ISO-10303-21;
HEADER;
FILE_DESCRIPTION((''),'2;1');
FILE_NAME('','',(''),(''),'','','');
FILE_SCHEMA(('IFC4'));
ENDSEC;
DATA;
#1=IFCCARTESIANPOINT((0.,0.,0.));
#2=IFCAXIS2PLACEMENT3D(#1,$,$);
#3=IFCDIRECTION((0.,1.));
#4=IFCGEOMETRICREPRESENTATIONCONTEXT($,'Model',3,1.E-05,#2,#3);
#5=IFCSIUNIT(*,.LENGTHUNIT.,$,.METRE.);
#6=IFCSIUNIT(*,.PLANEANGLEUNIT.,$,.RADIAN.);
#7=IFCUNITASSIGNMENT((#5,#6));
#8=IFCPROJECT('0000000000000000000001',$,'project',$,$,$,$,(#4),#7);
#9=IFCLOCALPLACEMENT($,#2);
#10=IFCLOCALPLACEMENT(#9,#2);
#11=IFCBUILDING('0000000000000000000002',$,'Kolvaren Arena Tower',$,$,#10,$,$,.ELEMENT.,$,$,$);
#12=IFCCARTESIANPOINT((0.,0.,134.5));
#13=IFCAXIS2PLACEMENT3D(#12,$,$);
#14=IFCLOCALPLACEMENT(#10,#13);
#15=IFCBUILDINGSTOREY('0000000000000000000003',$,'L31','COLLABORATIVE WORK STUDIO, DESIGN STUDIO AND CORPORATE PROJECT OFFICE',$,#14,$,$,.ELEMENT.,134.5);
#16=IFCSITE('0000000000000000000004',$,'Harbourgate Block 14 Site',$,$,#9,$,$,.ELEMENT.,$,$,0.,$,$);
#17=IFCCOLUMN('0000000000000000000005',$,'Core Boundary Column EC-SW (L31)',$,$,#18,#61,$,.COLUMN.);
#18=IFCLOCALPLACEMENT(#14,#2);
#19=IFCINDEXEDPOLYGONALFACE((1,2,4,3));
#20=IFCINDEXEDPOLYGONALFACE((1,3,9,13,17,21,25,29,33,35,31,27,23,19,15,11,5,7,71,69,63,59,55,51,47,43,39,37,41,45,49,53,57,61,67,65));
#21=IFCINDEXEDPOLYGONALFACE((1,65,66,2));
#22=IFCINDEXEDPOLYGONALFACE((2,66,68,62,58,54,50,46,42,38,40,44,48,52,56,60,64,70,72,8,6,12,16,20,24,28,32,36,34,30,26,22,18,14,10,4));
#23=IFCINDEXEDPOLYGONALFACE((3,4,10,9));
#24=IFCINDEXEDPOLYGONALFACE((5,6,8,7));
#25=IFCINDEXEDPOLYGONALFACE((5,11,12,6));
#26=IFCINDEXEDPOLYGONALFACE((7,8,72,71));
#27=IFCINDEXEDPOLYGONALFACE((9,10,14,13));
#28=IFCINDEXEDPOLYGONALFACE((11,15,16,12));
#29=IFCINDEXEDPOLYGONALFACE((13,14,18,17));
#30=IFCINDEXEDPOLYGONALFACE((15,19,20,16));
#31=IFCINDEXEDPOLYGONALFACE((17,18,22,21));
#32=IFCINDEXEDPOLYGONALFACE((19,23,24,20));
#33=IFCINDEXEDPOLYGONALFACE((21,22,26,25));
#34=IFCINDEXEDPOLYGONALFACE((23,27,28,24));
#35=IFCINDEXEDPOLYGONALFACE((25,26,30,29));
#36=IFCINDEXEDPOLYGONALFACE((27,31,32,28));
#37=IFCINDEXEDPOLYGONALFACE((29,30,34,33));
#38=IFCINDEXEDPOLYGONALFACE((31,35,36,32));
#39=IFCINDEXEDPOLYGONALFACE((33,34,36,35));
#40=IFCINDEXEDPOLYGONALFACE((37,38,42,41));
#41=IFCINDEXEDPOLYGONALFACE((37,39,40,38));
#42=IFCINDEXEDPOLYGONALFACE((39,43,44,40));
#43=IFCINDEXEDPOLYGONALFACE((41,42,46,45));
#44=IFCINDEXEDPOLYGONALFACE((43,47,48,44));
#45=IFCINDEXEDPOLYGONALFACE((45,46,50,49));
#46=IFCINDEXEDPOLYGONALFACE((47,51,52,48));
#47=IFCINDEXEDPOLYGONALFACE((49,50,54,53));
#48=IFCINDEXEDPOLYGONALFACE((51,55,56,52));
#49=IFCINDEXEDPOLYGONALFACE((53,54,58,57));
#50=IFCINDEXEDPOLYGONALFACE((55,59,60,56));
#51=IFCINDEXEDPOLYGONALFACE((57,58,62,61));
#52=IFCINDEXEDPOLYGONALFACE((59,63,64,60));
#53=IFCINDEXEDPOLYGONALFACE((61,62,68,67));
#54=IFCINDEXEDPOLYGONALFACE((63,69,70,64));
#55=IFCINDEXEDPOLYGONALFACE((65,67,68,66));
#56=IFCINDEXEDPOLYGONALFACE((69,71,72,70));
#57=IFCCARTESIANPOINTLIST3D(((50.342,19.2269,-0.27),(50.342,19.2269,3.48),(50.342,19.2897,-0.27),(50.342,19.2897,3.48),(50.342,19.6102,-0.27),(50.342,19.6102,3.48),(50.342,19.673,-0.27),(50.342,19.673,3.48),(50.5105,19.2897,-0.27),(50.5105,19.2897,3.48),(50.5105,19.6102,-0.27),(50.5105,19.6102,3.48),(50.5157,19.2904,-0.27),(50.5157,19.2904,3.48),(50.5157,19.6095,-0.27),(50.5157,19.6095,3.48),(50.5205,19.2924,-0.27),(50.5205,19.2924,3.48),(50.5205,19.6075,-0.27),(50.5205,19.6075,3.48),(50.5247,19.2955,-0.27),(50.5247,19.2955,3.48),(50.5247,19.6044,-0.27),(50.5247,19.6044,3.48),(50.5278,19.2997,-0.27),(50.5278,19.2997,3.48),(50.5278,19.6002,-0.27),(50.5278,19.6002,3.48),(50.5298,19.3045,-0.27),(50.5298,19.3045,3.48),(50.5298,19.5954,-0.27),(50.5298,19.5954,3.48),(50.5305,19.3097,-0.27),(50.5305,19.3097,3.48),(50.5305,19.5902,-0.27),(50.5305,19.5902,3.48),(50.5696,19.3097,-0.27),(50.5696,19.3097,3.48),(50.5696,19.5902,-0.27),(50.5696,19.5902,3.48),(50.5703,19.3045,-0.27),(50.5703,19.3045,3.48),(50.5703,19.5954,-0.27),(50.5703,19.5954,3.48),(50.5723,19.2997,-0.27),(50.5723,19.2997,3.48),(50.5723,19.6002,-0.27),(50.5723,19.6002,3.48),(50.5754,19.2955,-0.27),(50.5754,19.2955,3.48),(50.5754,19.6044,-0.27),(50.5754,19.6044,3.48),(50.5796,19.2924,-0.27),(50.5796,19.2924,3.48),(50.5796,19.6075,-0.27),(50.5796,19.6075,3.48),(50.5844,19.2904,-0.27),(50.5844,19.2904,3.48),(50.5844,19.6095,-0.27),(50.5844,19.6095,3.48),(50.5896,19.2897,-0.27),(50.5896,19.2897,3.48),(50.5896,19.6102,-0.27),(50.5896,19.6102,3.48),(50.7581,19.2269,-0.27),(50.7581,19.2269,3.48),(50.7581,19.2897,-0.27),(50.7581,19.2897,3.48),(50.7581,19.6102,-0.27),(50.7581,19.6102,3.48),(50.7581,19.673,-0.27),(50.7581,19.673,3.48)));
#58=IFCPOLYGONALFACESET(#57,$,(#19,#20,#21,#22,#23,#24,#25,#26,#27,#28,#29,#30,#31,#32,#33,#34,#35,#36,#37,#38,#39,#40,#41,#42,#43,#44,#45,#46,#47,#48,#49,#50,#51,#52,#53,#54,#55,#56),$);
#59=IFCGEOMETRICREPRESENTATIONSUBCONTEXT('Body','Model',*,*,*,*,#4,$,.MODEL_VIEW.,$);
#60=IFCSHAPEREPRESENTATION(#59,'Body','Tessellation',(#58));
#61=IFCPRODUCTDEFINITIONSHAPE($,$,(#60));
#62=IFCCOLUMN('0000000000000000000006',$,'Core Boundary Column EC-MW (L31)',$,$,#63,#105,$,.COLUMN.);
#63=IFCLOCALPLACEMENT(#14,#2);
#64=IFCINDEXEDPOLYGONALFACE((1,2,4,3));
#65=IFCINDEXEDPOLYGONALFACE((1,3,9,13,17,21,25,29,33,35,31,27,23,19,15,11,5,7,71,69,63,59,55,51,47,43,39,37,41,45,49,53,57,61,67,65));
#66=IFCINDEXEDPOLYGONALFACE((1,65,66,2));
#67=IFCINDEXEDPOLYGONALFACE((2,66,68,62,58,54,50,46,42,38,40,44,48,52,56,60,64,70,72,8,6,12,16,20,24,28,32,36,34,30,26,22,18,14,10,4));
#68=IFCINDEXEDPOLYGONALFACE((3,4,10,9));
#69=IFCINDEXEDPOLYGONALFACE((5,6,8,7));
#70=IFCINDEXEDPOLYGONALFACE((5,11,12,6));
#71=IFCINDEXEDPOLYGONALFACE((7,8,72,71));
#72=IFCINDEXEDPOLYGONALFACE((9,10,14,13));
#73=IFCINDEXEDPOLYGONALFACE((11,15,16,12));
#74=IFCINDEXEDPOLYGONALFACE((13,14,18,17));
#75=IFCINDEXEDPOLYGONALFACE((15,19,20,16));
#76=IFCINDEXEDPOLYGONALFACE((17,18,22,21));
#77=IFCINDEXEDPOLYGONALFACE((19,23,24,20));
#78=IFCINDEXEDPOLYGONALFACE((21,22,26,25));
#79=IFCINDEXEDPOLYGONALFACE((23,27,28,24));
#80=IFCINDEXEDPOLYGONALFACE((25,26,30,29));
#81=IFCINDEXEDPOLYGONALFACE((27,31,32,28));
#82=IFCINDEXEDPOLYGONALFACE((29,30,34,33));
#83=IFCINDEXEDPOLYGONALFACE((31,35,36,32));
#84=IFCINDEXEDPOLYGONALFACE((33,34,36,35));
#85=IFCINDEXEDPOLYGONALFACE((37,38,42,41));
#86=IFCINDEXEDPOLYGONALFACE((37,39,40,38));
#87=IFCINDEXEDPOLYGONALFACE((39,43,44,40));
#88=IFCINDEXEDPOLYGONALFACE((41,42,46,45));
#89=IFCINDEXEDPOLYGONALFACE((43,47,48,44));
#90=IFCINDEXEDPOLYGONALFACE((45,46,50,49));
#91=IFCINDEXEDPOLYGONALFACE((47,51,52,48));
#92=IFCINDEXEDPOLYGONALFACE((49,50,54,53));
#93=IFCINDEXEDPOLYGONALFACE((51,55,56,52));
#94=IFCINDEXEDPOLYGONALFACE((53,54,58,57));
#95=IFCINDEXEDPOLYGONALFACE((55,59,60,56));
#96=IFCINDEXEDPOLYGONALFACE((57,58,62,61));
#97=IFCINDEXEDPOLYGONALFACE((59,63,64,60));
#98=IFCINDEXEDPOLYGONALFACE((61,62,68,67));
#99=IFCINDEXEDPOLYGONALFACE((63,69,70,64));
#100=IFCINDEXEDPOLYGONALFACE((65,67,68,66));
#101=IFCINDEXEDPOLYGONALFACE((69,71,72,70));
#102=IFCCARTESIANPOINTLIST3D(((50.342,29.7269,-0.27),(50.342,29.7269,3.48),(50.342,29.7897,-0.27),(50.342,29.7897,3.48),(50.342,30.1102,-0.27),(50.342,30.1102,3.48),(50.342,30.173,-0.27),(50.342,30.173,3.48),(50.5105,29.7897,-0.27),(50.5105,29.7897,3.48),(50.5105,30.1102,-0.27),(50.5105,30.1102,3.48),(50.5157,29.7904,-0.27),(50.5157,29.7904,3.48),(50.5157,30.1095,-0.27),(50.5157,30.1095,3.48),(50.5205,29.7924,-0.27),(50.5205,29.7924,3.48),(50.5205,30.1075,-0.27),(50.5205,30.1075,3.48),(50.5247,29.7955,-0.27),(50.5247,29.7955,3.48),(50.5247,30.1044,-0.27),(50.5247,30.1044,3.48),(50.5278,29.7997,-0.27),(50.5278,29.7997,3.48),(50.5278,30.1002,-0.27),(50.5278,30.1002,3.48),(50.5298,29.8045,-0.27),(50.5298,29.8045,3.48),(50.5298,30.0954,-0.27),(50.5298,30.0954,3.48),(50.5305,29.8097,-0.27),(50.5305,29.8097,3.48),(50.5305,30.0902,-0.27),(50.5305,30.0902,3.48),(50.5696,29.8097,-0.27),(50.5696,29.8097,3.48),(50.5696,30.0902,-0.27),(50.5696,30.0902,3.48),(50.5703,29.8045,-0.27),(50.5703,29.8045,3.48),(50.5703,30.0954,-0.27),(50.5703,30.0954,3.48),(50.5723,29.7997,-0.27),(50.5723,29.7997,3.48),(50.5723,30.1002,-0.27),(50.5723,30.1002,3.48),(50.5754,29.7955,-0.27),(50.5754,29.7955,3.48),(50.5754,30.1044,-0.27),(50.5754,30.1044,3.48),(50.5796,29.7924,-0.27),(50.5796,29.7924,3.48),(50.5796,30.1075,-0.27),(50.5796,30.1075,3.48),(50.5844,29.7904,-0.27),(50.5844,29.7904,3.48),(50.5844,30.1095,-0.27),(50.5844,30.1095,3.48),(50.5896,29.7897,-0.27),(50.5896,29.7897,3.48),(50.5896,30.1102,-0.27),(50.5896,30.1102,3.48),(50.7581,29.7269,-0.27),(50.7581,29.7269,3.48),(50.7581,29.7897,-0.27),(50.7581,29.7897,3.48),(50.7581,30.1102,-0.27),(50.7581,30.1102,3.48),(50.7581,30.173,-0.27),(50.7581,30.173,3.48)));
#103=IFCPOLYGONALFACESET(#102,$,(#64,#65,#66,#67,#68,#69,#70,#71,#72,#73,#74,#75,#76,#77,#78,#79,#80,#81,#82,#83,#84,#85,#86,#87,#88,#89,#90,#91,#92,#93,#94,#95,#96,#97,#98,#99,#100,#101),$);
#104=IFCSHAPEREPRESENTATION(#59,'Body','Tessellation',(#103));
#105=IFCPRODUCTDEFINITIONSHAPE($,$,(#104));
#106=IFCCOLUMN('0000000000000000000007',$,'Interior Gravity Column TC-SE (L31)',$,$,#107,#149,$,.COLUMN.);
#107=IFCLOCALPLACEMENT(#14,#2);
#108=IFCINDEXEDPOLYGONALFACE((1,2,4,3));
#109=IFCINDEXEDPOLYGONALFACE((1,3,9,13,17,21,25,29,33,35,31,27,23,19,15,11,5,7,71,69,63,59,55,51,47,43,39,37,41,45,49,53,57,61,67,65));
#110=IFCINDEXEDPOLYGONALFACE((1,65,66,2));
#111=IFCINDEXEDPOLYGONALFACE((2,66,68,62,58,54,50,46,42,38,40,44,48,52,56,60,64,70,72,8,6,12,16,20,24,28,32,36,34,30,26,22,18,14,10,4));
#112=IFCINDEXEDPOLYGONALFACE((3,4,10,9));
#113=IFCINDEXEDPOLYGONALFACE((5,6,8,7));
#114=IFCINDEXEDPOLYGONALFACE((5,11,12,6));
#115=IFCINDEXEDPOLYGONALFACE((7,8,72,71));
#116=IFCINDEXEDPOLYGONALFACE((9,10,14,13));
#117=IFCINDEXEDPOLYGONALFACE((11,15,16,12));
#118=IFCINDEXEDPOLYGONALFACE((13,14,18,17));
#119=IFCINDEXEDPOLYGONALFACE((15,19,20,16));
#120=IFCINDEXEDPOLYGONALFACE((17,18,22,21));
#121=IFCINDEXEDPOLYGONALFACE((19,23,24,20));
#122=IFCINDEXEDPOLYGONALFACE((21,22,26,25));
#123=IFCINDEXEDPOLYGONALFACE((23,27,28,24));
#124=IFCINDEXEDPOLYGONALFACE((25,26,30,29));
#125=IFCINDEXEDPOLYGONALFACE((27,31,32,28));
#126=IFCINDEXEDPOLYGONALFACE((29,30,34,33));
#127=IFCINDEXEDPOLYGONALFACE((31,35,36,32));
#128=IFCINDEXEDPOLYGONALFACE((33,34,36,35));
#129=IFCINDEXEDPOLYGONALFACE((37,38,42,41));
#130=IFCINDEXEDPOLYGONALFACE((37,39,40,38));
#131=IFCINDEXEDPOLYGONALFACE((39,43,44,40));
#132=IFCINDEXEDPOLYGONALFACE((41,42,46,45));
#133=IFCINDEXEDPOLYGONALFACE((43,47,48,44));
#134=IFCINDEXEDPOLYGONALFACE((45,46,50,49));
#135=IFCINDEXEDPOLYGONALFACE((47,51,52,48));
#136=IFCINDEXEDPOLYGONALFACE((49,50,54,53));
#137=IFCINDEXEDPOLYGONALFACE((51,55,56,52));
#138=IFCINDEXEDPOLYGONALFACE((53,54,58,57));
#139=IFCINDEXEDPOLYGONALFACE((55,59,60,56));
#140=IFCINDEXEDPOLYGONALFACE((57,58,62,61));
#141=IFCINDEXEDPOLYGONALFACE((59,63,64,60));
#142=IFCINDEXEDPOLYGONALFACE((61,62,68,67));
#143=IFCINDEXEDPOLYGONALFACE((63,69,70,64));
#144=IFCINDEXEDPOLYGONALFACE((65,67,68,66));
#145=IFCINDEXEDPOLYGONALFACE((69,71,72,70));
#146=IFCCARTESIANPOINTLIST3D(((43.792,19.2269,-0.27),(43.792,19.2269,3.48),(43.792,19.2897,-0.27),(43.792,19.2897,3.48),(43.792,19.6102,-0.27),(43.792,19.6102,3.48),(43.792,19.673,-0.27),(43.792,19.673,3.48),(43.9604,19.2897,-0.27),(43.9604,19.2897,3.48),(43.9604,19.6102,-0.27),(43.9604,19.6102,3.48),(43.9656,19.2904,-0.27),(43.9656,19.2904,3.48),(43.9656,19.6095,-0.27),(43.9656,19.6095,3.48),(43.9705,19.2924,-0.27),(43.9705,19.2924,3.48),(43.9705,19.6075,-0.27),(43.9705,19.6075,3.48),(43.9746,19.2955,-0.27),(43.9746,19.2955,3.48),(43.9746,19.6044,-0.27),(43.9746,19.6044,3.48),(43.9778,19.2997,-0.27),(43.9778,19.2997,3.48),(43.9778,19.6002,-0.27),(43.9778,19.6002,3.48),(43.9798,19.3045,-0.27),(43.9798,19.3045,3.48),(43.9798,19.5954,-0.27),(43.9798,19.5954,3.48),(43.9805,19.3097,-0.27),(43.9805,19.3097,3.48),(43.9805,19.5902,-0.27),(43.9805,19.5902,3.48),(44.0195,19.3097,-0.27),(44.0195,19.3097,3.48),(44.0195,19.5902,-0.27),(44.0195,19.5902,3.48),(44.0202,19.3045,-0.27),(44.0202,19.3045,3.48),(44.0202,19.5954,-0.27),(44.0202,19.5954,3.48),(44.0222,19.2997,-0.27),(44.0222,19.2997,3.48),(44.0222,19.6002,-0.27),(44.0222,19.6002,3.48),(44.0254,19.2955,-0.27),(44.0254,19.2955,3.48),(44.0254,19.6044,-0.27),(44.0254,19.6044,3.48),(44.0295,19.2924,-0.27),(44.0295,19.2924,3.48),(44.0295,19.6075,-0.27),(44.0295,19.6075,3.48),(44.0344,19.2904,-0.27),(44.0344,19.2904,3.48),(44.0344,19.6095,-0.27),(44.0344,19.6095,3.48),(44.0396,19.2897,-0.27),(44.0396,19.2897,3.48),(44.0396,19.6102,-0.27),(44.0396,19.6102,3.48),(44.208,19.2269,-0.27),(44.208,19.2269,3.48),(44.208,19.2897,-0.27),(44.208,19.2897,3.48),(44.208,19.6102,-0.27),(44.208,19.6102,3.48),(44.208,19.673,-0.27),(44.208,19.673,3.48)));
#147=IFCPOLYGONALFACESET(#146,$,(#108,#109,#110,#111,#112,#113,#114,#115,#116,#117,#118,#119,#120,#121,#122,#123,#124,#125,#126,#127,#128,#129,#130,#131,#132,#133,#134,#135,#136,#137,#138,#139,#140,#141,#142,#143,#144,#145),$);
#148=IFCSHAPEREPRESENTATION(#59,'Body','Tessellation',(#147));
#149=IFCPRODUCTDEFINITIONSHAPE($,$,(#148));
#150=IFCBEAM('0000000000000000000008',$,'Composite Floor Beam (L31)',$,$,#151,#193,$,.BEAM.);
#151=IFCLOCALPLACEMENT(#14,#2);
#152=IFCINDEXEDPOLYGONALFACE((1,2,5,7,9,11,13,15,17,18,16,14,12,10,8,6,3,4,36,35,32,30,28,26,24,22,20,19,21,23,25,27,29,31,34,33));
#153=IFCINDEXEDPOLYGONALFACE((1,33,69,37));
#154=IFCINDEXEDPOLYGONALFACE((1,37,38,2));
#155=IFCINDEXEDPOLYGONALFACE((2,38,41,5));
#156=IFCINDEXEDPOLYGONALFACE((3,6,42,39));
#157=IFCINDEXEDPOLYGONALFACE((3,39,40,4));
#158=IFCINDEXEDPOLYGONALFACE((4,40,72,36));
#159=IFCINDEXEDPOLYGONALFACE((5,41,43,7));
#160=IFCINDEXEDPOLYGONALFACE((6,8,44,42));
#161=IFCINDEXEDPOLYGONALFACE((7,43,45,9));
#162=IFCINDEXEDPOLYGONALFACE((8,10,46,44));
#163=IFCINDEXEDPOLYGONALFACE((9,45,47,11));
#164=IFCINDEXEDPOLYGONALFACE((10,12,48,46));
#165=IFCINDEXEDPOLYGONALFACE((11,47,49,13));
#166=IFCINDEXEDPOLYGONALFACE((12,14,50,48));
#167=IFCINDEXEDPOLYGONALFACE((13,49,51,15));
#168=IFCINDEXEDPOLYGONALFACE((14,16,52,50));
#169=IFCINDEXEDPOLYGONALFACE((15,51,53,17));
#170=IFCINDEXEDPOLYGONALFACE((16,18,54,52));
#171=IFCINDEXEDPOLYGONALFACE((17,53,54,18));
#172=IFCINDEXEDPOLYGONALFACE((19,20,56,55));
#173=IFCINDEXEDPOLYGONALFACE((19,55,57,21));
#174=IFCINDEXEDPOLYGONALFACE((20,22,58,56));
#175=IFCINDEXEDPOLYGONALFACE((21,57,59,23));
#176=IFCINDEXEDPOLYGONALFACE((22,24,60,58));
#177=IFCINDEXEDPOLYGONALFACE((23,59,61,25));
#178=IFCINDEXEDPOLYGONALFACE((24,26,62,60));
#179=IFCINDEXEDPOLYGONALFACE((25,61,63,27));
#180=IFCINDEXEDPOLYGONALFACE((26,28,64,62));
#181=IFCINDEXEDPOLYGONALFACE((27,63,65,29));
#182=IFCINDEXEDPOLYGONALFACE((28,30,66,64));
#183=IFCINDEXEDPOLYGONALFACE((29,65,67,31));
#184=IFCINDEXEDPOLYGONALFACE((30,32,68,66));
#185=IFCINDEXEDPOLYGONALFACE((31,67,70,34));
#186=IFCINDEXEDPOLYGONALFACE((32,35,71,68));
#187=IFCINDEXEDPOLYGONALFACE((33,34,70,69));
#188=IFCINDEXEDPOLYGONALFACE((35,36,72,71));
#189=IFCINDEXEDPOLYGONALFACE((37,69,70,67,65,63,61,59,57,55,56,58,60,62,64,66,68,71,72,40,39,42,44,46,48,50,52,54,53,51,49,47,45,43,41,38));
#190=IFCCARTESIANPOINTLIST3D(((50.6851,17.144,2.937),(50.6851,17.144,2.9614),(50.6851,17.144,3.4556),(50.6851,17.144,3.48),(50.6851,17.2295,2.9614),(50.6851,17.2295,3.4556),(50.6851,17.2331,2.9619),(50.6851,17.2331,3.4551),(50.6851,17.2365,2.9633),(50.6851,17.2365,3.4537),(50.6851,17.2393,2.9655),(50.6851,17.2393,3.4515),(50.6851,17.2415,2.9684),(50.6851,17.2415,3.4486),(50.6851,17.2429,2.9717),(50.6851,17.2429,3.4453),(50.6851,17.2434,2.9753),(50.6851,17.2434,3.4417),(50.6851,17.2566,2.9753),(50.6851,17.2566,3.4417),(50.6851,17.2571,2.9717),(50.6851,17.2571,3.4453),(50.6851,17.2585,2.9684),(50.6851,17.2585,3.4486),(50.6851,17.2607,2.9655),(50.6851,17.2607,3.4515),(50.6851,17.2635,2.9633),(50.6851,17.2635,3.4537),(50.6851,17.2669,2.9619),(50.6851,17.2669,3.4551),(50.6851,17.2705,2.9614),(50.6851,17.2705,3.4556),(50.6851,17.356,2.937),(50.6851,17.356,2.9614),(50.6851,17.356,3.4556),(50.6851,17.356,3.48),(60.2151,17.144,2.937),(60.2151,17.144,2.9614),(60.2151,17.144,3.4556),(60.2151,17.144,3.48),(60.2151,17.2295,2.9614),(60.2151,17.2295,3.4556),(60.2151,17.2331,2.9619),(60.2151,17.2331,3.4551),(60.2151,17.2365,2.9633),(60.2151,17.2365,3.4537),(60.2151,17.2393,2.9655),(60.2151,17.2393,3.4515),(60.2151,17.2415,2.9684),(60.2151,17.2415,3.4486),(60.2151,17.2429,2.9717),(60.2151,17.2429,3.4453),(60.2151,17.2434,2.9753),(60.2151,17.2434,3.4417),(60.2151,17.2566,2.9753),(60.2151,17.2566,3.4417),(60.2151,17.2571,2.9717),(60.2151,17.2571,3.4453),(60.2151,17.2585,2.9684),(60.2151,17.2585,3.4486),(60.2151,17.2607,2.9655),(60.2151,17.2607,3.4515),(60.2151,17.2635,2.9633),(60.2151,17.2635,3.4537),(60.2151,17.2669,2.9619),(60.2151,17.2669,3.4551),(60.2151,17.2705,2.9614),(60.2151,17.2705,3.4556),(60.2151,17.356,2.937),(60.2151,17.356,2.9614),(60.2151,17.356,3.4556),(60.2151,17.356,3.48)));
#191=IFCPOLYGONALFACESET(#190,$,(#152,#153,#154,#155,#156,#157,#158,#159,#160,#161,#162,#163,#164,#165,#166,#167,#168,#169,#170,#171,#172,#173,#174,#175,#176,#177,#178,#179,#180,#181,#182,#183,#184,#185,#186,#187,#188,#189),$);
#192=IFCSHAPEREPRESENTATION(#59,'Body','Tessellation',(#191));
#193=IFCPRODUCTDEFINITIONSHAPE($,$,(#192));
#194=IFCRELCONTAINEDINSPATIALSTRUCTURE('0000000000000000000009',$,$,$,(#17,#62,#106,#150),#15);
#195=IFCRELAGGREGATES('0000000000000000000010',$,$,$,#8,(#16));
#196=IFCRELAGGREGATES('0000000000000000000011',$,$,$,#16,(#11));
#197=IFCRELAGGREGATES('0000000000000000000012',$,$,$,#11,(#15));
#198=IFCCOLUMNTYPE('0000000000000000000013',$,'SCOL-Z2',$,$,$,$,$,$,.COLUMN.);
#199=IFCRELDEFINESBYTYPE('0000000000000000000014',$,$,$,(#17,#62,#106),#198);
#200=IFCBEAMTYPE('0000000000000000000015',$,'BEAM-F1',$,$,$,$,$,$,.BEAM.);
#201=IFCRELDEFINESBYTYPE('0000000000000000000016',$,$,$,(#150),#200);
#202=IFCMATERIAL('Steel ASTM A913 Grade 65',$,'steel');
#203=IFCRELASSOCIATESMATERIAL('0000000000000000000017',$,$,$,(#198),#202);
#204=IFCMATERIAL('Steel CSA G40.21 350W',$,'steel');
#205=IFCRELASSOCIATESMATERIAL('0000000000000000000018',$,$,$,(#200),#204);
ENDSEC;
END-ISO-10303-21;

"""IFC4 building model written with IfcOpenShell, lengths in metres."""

from ifc_helpers import new_model, si_unit, direction, frame, origin, origin_2d, place, context, subcontext, project, spatial, i_section, extrude, material, material_profile, profile_set, type_object, element, save


model = new_model("IFC4")

# Units and contexts
model_context = context("Model", 3, precision=1e-05, world=origin(), true_north=direction((0.0, 1.0)))
body_context = subcontext(model_context, "Body", "Model", "MODEL_VIEW")
ifc_project = project(units=[si_unit("LENGTHUNIT", "METRE"), si_unit("PLANEANGLEUNIT", "RADIAN")], contexts=[model_context])

# Site, building, storey
site_placement = place(None, origin())
site = spatial("IfcSite", under=ifc_project, at=site_placement, Name="Harbourgate Block 14 Site", CompositionType="ELEMENT", RefElevation=0.0)
building_placement = place(site_placement, origin())
building = spatial("IfcBuilding", under=site, at=building_placement, Name="Kolvaren Arena Tower", CompositionType="ELEMENT")
storey_placement = place(building_placement, frame((0.0, 0.0, 134.5)))
storey = spatial("IfcBuildingStorey", under=building, at=storey_placement, Name="L31", Description="COLLABORATIVE WORK STUDIO, DESIGN STUDIO AND CORPORATE PROJECT OFFICE", CompositionType="ELEMENT", Elevation=134.5)

# Columns
ifc_material_1 = material(Name="Steel ASTM A913 Grade 65", Category="steel")
ifc_material_profile_1 = material_profile(ifc_material_1, i_section(OverallWidth=0.416, OverallDepth=0.446, WebThickness=0.0391, FlangeThickness=0.0627, FilletRadius=0.02, at=origin_2d()), Name="W360x509")
ifc_profile_set_1 = profile_set([ifc_material_profile_1], Name="Steel ASTM A913 Grade 65")
column_type = type_object("IfcColumnType", Name="SCOL-Z2", PredefinedType="COLUMN", material=ifc_profile_set_1)
for number, where, z_axis, x_axis, name in (
    (1, (50.55, 19.45, -0.27), (0.0, 0.0, 1.0), (1.0, 0.0, 0.0), "Core Boundary Column EC-SW (L31)"),
    (2, (50.55, 29.95, -0.27), (0.0, 0.0, 1.0), (1.0, 0.0, 0.0), "Core Boundary Column EC-MW (L31)"),
    (3, (44.0, 19.45, -0.27), (0.0, 0.0, 1.0), (1.0, 0.0, 0.0), "Interior Gravity Column TC-SE (L31)"),
):
    element("IfcColumn", number, at=place(storey_placement, frame(where, z_axis=z_axis, x_axis=x_axis)), inside=storey, type_object=column_type, Name=name, PredefinedType="COLUMN", context=body_context, shape_type="SweptSolid", body=[
        extrude(i_section(OverallWidth=0.416, OverallDepth=0.446, WebThickness=0.0391, FlangeThickness=0.0627, FilletRadius=0.02, at=origin_2d()), origin(), (0.0, 0.0, 1.0), 3.75),
    ])

# Beam
ifc_material_2 = material(Name="Steel CSA G40.21 350W", Category="steel")
ifc_material_profile_2 = material_profile(ifc_material_2, i_section(OverallWidth=0.2119, OverallDepth=0.543, WebThickness=0.0132, FlangeThickness=0.0244, FilletRadius=0.0139, at=origin_2d()), Name="W530x150")
ifc_profile_set_2 = profile_set([ifc_material_profile_2], Name="Steel CSA G40.21 350W")
beam_type_1 = type_object("IfcBeamType", Name="BEAM-F1", PredefinedType="BEAM", material=ifc_profile_set_2)
beam_1_placement = place(storey_placement, frame((50.6851, 17.25, 3.2085), z_axis=(1.0, 0.0, 0.0), x_axis=(0.0, 1.0, 0.0)))
element("IfcBeam", 4, at=beam_1_placement, inside=storey, type_object=beam_type_1, Name="Composite Floor Beam (L31)", PredefinedType="BEAM", context=body_context, shape_type="SweptSolid", body=[
    extrude(i_section(OverallWidth=0.2119, OverallDepth=0.543, WebThickness=0.0132, FlangeThickness=0.0244, FilletRadius=0.0139, at=origin_2d()), origin(), (0.0, 0.0, 1.0), 9.53),
])

save(model, "model.ifc")
